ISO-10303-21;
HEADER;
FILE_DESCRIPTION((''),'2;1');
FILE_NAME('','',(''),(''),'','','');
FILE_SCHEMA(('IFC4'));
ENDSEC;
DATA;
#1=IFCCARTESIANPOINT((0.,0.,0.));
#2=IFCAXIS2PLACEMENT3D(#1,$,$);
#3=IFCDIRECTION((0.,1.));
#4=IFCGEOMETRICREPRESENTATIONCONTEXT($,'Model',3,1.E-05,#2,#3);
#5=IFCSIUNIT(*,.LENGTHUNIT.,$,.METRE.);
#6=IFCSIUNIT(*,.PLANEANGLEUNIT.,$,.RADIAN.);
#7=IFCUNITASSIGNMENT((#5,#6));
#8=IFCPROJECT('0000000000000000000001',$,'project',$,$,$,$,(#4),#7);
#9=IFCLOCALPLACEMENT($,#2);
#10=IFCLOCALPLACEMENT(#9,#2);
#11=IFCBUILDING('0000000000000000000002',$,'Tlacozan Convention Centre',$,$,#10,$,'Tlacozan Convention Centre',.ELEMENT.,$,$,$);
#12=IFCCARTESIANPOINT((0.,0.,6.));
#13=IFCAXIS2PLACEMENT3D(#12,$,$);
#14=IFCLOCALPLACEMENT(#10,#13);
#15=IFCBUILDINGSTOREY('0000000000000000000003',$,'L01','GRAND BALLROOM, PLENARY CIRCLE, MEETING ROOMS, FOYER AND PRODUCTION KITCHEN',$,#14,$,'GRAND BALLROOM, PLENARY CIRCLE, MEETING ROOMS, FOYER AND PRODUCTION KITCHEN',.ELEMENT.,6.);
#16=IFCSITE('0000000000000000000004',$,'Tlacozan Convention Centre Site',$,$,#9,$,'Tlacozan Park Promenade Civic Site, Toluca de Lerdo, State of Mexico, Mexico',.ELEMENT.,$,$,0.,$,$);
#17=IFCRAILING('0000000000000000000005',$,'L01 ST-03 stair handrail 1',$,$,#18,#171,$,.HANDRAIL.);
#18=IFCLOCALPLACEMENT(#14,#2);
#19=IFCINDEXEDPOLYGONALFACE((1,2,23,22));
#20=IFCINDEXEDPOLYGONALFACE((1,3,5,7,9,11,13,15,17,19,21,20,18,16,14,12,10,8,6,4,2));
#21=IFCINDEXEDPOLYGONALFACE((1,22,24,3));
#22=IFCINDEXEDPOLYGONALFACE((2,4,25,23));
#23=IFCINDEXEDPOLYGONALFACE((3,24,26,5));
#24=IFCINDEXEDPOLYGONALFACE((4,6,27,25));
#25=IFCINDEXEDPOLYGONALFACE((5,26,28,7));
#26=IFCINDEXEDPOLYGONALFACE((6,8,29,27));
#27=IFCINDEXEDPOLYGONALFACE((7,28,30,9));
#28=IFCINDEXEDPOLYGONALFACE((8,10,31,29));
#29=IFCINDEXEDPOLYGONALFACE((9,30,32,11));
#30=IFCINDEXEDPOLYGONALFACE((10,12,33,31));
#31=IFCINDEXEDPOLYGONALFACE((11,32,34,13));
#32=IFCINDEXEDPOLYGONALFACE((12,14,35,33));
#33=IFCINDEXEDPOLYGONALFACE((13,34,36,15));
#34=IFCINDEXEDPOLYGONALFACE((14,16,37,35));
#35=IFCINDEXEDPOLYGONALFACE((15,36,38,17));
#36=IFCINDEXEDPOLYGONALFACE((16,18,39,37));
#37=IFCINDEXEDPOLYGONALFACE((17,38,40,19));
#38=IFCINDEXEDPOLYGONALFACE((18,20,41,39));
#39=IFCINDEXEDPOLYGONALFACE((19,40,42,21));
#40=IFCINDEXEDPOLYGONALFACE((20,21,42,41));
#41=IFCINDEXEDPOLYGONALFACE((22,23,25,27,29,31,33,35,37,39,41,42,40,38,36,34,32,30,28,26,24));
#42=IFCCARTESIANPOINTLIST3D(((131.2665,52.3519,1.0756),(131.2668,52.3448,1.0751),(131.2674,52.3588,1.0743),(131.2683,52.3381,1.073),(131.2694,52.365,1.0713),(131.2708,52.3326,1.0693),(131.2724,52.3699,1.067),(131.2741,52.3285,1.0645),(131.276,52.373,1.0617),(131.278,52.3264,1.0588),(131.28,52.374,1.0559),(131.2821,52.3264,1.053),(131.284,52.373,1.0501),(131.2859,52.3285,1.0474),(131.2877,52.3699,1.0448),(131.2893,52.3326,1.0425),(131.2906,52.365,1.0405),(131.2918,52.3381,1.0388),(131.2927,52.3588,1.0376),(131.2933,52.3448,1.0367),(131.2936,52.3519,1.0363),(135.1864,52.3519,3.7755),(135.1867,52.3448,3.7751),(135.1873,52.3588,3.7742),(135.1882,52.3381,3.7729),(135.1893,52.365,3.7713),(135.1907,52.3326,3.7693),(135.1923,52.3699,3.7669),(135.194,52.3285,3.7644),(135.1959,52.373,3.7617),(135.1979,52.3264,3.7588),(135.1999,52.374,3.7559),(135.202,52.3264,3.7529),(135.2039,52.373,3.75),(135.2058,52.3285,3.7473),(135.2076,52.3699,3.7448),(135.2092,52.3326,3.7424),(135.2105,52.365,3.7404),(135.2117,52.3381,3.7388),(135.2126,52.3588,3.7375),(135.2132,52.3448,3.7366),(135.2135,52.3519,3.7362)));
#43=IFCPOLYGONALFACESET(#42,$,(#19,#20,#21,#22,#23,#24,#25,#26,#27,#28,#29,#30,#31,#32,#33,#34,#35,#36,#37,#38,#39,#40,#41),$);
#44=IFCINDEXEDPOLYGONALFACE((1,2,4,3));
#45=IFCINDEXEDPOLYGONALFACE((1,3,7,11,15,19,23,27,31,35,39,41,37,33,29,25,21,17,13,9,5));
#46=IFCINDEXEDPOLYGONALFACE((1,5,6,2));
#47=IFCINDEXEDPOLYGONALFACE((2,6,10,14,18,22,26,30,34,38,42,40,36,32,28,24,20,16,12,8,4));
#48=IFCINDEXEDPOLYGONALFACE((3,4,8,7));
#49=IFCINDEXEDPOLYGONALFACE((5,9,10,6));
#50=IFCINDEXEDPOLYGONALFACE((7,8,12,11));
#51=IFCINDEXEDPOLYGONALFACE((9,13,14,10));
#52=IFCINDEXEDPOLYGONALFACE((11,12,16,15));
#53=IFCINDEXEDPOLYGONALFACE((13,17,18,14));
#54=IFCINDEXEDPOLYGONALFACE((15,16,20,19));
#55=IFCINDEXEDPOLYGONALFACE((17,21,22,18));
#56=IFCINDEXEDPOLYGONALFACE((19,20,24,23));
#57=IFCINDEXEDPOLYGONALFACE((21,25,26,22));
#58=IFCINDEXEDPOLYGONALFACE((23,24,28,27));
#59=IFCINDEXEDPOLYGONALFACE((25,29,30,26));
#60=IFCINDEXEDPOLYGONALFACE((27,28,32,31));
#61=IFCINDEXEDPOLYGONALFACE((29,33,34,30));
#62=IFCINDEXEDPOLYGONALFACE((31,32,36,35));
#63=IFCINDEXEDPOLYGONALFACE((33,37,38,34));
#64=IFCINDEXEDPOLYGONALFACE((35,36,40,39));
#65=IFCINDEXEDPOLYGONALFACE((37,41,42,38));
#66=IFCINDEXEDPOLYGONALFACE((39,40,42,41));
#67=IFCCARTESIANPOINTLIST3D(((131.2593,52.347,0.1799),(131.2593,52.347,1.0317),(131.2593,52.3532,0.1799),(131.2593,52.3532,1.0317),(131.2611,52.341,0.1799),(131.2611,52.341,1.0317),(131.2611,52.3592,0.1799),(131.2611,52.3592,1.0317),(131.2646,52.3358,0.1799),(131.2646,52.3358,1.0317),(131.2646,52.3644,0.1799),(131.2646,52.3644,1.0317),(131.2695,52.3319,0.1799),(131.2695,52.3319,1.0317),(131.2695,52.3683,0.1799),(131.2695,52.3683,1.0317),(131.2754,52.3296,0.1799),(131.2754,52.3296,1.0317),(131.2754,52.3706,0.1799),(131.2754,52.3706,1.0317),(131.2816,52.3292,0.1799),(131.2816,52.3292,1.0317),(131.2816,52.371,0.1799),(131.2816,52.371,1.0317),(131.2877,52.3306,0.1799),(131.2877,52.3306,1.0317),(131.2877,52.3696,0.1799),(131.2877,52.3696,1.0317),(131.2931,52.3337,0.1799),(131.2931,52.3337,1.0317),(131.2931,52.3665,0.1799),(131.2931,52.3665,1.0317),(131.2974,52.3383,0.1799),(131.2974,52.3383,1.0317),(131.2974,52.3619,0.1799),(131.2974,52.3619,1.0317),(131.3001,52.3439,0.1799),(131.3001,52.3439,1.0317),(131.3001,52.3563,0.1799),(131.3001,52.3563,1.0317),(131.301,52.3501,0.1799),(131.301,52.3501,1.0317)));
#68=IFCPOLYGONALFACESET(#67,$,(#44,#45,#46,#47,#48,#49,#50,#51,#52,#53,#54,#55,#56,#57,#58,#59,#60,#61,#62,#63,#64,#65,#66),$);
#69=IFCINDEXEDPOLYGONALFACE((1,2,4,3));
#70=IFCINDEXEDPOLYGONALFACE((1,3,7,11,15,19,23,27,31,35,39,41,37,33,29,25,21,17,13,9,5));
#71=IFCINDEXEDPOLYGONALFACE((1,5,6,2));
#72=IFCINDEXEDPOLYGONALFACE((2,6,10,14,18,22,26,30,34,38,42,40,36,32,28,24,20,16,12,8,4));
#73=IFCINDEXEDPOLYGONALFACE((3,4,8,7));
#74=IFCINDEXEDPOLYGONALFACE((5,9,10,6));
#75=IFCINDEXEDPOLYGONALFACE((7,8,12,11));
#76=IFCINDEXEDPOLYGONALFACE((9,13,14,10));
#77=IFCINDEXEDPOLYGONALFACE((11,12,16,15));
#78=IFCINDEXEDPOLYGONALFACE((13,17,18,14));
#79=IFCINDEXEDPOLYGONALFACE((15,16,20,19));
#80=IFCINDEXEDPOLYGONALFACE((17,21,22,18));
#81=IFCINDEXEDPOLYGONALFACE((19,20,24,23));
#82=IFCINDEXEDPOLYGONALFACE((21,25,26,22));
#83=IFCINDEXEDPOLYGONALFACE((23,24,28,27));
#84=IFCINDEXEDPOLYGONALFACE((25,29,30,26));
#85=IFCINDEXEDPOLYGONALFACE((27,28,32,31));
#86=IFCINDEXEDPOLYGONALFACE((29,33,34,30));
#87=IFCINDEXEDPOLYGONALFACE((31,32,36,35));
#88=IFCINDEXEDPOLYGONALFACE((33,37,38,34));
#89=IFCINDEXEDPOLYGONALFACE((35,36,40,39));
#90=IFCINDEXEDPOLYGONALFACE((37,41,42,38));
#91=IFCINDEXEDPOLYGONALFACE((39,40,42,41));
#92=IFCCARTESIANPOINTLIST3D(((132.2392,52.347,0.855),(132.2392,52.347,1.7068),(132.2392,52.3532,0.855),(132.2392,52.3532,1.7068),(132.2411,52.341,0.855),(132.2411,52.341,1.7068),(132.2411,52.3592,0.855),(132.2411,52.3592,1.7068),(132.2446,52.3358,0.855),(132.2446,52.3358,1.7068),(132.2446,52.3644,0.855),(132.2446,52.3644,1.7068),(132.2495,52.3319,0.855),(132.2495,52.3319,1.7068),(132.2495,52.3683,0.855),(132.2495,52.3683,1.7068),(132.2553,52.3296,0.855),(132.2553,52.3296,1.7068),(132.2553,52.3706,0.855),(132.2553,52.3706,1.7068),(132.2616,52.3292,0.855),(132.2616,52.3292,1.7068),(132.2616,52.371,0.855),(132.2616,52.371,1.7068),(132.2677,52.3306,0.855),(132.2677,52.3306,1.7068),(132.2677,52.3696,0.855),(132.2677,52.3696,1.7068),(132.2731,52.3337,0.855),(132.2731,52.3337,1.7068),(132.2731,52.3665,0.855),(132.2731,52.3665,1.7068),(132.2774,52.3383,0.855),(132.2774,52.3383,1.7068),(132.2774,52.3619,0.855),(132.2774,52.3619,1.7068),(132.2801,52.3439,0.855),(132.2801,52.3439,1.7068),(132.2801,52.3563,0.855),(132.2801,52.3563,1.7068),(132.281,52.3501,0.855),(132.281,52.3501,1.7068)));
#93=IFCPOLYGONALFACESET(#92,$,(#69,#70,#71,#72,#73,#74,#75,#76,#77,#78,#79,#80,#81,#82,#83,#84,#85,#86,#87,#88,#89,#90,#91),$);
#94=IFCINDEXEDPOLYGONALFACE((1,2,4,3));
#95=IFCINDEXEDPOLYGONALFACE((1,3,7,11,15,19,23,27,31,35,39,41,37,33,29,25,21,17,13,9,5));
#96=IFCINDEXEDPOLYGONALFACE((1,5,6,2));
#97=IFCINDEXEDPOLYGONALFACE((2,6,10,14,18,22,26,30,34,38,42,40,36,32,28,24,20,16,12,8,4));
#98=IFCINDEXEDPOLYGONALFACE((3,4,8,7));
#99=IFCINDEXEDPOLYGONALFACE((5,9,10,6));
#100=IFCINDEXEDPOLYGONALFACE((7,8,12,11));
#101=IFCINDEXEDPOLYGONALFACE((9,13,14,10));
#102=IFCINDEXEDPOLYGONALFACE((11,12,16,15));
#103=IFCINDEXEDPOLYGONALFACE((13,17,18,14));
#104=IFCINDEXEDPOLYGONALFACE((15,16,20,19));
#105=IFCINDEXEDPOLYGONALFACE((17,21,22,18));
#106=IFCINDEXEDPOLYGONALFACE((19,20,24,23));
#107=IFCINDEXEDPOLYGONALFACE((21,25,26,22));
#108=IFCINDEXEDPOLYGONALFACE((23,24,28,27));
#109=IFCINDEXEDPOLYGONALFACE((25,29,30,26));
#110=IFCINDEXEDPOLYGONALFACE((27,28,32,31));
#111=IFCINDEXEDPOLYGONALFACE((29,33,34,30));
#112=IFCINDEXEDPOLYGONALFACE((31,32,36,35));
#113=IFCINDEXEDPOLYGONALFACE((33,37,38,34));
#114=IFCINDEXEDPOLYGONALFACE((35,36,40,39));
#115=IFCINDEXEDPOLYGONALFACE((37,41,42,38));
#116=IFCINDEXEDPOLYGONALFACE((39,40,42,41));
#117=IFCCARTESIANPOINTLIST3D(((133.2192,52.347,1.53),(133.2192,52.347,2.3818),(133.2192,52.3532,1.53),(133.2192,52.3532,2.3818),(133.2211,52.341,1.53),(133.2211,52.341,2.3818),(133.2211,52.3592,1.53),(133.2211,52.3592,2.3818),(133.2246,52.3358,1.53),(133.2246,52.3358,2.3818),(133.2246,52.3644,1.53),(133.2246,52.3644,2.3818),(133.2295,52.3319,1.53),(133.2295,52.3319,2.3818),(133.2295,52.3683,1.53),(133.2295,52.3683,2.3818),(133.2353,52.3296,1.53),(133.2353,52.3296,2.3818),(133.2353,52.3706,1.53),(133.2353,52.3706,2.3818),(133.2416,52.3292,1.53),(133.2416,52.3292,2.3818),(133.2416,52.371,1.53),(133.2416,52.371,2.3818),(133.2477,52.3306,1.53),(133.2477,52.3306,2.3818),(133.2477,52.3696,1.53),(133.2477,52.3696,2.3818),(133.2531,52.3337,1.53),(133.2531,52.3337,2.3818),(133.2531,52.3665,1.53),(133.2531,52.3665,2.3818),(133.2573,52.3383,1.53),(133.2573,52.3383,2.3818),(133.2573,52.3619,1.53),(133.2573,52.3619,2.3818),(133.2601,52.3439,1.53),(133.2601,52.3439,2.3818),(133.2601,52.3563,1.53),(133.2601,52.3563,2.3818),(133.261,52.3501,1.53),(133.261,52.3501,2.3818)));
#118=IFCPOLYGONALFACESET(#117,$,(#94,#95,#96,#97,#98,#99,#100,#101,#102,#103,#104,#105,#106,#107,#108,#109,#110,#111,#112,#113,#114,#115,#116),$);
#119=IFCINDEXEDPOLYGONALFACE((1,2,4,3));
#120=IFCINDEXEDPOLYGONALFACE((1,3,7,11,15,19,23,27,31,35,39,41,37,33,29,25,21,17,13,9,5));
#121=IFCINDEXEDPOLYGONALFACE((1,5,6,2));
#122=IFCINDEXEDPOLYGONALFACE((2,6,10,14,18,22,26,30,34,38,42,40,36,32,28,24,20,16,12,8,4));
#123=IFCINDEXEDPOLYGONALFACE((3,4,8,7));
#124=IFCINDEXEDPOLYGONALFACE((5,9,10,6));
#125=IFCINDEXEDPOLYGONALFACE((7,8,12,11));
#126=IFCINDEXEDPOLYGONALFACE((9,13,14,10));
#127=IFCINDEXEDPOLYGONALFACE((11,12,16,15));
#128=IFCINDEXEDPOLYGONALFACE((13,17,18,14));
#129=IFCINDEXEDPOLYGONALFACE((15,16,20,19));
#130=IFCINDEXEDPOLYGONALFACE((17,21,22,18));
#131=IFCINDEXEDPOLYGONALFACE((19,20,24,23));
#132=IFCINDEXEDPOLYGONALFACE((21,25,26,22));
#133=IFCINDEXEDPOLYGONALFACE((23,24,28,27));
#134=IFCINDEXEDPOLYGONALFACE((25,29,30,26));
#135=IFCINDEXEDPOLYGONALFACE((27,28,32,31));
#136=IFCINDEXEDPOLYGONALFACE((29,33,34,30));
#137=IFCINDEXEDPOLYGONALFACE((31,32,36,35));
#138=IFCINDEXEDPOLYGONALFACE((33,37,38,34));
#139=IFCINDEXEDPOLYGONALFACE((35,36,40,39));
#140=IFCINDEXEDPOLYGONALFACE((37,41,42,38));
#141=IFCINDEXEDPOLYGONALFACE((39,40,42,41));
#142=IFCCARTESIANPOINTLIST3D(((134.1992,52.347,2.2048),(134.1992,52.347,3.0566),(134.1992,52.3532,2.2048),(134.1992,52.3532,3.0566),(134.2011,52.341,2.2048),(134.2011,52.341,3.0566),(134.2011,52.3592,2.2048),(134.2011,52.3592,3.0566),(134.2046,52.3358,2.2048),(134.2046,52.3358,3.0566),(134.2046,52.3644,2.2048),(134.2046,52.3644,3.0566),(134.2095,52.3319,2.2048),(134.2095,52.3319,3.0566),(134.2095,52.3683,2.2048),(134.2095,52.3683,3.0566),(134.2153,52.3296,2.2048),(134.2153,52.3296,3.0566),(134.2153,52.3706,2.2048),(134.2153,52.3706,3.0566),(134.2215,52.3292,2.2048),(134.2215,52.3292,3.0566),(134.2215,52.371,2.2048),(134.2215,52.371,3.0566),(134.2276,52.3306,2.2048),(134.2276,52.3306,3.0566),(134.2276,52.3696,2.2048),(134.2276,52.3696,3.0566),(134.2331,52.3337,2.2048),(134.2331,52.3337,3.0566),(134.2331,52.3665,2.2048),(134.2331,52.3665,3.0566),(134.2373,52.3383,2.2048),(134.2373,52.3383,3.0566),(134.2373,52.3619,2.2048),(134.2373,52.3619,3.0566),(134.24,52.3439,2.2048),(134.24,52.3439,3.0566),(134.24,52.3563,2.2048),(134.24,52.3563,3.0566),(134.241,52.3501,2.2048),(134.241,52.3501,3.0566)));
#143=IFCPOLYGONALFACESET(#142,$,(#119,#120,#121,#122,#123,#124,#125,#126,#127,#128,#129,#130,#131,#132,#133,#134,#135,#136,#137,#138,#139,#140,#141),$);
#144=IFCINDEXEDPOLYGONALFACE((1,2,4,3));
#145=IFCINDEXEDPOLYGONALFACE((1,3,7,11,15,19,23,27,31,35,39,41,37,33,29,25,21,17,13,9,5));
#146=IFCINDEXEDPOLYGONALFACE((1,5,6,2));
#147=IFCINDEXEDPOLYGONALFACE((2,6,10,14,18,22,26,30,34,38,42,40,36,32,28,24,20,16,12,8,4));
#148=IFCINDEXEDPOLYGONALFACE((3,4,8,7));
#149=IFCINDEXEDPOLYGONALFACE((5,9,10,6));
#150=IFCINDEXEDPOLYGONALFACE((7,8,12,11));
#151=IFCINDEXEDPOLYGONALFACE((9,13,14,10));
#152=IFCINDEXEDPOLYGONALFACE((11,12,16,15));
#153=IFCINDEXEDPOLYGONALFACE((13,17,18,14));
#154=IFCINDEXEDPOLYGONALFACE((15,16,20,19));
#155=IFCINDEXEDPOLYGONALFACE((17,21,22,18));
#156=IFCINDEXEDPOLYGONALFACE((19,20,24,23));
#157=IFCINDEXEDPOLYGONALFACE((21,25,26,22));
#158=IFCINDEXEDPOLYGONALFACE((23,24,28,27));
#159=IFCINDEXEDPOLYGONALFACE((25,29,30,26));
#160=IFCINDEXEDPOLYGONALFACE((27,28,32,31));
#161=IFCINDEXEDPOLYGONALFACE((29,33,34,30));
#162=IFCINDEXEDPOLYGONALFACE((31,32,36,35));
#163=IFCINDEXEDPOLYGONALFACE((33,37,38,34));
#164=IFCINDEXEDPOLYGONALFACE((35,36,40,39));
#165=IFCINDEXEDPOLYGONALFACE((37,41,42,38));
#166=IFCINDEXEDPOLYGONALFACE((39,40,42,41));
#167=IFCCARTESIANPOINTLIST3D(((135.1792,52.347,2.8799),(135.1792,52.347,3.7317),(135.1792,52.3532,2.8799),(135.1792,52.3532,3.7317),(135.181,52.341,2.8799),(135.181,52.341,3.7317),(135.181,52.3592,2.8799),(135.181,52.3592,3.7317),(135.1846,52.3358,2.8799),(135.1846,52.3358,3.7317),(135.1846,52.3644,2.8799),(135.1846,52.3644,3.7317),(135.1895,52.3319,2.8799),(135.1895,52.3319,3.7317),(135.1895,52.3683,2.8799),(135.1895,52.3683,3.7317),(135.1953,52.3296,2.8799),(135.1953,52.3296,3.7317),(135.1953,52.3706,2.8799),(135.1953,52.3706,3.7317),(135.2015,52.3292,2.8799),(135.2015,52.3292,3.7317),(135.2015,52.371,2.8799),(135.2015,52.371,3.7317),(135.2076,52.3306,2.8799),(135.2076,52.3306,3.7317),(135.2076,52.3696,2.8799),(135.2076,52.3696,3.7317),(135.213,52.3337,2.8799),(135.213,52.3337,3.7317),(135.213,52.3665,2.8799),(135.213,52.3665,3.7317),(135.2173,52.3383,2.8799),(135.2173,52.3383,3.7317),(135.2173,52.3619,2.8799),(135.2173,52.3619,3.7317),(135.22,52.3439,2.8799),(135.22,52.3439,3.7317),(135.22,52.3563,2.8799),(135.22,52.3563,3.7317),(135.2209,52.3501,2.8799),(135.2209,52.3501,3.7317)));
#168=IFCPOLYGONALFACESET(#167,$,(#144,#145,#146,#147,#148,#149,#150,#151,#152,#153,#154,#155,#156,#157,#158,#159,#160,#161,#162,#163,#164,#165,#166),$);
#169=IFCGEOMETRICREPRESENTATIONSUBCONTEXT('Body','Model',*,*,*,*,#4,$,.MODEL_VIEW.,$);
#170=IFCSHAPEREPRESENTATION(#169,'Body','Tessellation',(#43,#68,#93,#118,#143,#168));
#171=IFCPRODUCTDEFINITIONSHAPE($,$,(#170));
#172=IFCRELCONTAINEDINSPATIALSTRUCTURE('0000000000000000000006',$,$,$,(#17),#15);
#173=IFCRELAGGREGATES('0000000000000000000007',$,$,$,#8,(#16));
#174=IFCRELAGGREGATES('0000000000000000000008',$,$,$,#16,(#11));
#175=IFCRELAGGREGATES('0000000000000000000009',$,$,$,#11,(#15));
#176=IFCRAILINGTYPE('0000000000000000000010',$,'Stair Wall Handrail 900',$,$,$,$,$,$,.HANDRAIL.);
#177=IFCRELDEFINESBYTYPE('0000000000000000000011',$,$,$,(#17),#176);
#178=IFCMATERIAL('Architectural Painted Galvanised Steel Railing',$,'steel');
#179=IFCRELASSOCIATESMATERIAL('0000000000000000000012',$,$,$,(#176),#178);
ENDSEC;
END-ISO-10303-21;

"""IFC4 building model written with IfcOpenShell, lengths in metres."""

from ifc_helpers import new_model, si_unit, direction, frame, origin, origin_2d, place, context, subcontext, project, spatial, circle, extrude, material, type_object, element, save


model = new_model("IFC4")

# Units and contexts
model_context = context("Model", 3, precision=1e-05, world=origin(), true_north=direction((0.0, 1.0)))
body_context = subcontext(model_context, "Body", "Model", "MODEL_VIEW")
ifc_project = project(units=[si_unit("LENGTHUNIT", "METRE"), si_unit("PLANEANGLEUNIT", "RADIAN")], contexts=[model_context])

# Site, building, storey
site_placement = place(None, origin())
site = spatial("IfcSite", under=ifc_project, at=site_placement, Name="Tlacozan Convention Centre Site", LongName="Tlacozan Park Promenade Civic Site, Toluca de Lerdo, State of Mexico, Mexico", CompositionType="ELEMENT", RefElevation=0.0)
building_placement = place(site_placement, origin())
building = spatial("IfcBuilding", under=site, at=building_placement, Name="Tlacozan Convention Centre", LongName="Tlacozan Convention Centre", CompositionType="ELEMENT")
storey_placement = place(building_placement, frame((0.0, 0.0, 6.0)))
storey = spatial("IfcBuildingStorey", under=building, at=storey_placement, Name="L01", Description="GRAND BALLROOM, PLENARY CIRCLE, MEETING ROOMS, FOYER AND PRODUCTION KITCHEN", LongName="GRAND BALLROOM, PLENARY CIRCLE, MEETING ROOMS, FOYER AND PRODUCTION KITCHEN", CompositionType="ELEMENT", Elevation=6.0)

# Railing
ifc_material_1 = material(Name="Architectural Painted Galvanised Steel Railing", Category="steel")
railing_type_1 = type_object("IfcRailingType", Name="Stair Wall Handrail 900", PredefinedType="HANDRAIL", material=ifc_material_1)
railing_1_placement = place(storey_placement, frame((131.28, 52.3501, 0.1799)))
element("IfcRailing", 1, at=railing_1_placement, inside=storey, type_object=railing_type_1, Name="L01 ST-03 stair handrail 1", PredefinedType="HANDRAIL", context=body_context, shape_type="SweptSolid", body=[
    extrude(circle(Radius=0.0239, at=origin_2d()), frame((0.0, 0.0, 0.876), z_axis=(0.823551, 0.0, 0.567243), x_axis=(0.0, 1.0, 0.0)), (0.0, 0.0, 1.0), 4.7598),
    extrude(circle(Radius=0.021, at=origin_2d()), origin(), (0.0, 0.0, 1.0), 0.8518),
    extrude(circle(Radius=0.021, at=origin_2d()), frame((0.98, 0.0, 0.675)), (0.0, 0.0, 1.0), 0.8518),
    extrude(circle(Radius=0.021, at=origin_2d()), frame((1.96, 0.0, 1.3501)), (0.0, 0.0, 1.0), 0.8518),
    extrude(circle(Radius=0.021, at=origin_2d()), frame((2.9399, 0.0, 2.0249)), (0.0, 0.0, 1.0), 0.8518),
    extrude(circle(Radius=0.021, at=origin_2d()), frame((3.9199, 0.0, 2.7)), (0.0, 0.0, 1.0), 0.8518),
])

save(model, "model.ifc")
